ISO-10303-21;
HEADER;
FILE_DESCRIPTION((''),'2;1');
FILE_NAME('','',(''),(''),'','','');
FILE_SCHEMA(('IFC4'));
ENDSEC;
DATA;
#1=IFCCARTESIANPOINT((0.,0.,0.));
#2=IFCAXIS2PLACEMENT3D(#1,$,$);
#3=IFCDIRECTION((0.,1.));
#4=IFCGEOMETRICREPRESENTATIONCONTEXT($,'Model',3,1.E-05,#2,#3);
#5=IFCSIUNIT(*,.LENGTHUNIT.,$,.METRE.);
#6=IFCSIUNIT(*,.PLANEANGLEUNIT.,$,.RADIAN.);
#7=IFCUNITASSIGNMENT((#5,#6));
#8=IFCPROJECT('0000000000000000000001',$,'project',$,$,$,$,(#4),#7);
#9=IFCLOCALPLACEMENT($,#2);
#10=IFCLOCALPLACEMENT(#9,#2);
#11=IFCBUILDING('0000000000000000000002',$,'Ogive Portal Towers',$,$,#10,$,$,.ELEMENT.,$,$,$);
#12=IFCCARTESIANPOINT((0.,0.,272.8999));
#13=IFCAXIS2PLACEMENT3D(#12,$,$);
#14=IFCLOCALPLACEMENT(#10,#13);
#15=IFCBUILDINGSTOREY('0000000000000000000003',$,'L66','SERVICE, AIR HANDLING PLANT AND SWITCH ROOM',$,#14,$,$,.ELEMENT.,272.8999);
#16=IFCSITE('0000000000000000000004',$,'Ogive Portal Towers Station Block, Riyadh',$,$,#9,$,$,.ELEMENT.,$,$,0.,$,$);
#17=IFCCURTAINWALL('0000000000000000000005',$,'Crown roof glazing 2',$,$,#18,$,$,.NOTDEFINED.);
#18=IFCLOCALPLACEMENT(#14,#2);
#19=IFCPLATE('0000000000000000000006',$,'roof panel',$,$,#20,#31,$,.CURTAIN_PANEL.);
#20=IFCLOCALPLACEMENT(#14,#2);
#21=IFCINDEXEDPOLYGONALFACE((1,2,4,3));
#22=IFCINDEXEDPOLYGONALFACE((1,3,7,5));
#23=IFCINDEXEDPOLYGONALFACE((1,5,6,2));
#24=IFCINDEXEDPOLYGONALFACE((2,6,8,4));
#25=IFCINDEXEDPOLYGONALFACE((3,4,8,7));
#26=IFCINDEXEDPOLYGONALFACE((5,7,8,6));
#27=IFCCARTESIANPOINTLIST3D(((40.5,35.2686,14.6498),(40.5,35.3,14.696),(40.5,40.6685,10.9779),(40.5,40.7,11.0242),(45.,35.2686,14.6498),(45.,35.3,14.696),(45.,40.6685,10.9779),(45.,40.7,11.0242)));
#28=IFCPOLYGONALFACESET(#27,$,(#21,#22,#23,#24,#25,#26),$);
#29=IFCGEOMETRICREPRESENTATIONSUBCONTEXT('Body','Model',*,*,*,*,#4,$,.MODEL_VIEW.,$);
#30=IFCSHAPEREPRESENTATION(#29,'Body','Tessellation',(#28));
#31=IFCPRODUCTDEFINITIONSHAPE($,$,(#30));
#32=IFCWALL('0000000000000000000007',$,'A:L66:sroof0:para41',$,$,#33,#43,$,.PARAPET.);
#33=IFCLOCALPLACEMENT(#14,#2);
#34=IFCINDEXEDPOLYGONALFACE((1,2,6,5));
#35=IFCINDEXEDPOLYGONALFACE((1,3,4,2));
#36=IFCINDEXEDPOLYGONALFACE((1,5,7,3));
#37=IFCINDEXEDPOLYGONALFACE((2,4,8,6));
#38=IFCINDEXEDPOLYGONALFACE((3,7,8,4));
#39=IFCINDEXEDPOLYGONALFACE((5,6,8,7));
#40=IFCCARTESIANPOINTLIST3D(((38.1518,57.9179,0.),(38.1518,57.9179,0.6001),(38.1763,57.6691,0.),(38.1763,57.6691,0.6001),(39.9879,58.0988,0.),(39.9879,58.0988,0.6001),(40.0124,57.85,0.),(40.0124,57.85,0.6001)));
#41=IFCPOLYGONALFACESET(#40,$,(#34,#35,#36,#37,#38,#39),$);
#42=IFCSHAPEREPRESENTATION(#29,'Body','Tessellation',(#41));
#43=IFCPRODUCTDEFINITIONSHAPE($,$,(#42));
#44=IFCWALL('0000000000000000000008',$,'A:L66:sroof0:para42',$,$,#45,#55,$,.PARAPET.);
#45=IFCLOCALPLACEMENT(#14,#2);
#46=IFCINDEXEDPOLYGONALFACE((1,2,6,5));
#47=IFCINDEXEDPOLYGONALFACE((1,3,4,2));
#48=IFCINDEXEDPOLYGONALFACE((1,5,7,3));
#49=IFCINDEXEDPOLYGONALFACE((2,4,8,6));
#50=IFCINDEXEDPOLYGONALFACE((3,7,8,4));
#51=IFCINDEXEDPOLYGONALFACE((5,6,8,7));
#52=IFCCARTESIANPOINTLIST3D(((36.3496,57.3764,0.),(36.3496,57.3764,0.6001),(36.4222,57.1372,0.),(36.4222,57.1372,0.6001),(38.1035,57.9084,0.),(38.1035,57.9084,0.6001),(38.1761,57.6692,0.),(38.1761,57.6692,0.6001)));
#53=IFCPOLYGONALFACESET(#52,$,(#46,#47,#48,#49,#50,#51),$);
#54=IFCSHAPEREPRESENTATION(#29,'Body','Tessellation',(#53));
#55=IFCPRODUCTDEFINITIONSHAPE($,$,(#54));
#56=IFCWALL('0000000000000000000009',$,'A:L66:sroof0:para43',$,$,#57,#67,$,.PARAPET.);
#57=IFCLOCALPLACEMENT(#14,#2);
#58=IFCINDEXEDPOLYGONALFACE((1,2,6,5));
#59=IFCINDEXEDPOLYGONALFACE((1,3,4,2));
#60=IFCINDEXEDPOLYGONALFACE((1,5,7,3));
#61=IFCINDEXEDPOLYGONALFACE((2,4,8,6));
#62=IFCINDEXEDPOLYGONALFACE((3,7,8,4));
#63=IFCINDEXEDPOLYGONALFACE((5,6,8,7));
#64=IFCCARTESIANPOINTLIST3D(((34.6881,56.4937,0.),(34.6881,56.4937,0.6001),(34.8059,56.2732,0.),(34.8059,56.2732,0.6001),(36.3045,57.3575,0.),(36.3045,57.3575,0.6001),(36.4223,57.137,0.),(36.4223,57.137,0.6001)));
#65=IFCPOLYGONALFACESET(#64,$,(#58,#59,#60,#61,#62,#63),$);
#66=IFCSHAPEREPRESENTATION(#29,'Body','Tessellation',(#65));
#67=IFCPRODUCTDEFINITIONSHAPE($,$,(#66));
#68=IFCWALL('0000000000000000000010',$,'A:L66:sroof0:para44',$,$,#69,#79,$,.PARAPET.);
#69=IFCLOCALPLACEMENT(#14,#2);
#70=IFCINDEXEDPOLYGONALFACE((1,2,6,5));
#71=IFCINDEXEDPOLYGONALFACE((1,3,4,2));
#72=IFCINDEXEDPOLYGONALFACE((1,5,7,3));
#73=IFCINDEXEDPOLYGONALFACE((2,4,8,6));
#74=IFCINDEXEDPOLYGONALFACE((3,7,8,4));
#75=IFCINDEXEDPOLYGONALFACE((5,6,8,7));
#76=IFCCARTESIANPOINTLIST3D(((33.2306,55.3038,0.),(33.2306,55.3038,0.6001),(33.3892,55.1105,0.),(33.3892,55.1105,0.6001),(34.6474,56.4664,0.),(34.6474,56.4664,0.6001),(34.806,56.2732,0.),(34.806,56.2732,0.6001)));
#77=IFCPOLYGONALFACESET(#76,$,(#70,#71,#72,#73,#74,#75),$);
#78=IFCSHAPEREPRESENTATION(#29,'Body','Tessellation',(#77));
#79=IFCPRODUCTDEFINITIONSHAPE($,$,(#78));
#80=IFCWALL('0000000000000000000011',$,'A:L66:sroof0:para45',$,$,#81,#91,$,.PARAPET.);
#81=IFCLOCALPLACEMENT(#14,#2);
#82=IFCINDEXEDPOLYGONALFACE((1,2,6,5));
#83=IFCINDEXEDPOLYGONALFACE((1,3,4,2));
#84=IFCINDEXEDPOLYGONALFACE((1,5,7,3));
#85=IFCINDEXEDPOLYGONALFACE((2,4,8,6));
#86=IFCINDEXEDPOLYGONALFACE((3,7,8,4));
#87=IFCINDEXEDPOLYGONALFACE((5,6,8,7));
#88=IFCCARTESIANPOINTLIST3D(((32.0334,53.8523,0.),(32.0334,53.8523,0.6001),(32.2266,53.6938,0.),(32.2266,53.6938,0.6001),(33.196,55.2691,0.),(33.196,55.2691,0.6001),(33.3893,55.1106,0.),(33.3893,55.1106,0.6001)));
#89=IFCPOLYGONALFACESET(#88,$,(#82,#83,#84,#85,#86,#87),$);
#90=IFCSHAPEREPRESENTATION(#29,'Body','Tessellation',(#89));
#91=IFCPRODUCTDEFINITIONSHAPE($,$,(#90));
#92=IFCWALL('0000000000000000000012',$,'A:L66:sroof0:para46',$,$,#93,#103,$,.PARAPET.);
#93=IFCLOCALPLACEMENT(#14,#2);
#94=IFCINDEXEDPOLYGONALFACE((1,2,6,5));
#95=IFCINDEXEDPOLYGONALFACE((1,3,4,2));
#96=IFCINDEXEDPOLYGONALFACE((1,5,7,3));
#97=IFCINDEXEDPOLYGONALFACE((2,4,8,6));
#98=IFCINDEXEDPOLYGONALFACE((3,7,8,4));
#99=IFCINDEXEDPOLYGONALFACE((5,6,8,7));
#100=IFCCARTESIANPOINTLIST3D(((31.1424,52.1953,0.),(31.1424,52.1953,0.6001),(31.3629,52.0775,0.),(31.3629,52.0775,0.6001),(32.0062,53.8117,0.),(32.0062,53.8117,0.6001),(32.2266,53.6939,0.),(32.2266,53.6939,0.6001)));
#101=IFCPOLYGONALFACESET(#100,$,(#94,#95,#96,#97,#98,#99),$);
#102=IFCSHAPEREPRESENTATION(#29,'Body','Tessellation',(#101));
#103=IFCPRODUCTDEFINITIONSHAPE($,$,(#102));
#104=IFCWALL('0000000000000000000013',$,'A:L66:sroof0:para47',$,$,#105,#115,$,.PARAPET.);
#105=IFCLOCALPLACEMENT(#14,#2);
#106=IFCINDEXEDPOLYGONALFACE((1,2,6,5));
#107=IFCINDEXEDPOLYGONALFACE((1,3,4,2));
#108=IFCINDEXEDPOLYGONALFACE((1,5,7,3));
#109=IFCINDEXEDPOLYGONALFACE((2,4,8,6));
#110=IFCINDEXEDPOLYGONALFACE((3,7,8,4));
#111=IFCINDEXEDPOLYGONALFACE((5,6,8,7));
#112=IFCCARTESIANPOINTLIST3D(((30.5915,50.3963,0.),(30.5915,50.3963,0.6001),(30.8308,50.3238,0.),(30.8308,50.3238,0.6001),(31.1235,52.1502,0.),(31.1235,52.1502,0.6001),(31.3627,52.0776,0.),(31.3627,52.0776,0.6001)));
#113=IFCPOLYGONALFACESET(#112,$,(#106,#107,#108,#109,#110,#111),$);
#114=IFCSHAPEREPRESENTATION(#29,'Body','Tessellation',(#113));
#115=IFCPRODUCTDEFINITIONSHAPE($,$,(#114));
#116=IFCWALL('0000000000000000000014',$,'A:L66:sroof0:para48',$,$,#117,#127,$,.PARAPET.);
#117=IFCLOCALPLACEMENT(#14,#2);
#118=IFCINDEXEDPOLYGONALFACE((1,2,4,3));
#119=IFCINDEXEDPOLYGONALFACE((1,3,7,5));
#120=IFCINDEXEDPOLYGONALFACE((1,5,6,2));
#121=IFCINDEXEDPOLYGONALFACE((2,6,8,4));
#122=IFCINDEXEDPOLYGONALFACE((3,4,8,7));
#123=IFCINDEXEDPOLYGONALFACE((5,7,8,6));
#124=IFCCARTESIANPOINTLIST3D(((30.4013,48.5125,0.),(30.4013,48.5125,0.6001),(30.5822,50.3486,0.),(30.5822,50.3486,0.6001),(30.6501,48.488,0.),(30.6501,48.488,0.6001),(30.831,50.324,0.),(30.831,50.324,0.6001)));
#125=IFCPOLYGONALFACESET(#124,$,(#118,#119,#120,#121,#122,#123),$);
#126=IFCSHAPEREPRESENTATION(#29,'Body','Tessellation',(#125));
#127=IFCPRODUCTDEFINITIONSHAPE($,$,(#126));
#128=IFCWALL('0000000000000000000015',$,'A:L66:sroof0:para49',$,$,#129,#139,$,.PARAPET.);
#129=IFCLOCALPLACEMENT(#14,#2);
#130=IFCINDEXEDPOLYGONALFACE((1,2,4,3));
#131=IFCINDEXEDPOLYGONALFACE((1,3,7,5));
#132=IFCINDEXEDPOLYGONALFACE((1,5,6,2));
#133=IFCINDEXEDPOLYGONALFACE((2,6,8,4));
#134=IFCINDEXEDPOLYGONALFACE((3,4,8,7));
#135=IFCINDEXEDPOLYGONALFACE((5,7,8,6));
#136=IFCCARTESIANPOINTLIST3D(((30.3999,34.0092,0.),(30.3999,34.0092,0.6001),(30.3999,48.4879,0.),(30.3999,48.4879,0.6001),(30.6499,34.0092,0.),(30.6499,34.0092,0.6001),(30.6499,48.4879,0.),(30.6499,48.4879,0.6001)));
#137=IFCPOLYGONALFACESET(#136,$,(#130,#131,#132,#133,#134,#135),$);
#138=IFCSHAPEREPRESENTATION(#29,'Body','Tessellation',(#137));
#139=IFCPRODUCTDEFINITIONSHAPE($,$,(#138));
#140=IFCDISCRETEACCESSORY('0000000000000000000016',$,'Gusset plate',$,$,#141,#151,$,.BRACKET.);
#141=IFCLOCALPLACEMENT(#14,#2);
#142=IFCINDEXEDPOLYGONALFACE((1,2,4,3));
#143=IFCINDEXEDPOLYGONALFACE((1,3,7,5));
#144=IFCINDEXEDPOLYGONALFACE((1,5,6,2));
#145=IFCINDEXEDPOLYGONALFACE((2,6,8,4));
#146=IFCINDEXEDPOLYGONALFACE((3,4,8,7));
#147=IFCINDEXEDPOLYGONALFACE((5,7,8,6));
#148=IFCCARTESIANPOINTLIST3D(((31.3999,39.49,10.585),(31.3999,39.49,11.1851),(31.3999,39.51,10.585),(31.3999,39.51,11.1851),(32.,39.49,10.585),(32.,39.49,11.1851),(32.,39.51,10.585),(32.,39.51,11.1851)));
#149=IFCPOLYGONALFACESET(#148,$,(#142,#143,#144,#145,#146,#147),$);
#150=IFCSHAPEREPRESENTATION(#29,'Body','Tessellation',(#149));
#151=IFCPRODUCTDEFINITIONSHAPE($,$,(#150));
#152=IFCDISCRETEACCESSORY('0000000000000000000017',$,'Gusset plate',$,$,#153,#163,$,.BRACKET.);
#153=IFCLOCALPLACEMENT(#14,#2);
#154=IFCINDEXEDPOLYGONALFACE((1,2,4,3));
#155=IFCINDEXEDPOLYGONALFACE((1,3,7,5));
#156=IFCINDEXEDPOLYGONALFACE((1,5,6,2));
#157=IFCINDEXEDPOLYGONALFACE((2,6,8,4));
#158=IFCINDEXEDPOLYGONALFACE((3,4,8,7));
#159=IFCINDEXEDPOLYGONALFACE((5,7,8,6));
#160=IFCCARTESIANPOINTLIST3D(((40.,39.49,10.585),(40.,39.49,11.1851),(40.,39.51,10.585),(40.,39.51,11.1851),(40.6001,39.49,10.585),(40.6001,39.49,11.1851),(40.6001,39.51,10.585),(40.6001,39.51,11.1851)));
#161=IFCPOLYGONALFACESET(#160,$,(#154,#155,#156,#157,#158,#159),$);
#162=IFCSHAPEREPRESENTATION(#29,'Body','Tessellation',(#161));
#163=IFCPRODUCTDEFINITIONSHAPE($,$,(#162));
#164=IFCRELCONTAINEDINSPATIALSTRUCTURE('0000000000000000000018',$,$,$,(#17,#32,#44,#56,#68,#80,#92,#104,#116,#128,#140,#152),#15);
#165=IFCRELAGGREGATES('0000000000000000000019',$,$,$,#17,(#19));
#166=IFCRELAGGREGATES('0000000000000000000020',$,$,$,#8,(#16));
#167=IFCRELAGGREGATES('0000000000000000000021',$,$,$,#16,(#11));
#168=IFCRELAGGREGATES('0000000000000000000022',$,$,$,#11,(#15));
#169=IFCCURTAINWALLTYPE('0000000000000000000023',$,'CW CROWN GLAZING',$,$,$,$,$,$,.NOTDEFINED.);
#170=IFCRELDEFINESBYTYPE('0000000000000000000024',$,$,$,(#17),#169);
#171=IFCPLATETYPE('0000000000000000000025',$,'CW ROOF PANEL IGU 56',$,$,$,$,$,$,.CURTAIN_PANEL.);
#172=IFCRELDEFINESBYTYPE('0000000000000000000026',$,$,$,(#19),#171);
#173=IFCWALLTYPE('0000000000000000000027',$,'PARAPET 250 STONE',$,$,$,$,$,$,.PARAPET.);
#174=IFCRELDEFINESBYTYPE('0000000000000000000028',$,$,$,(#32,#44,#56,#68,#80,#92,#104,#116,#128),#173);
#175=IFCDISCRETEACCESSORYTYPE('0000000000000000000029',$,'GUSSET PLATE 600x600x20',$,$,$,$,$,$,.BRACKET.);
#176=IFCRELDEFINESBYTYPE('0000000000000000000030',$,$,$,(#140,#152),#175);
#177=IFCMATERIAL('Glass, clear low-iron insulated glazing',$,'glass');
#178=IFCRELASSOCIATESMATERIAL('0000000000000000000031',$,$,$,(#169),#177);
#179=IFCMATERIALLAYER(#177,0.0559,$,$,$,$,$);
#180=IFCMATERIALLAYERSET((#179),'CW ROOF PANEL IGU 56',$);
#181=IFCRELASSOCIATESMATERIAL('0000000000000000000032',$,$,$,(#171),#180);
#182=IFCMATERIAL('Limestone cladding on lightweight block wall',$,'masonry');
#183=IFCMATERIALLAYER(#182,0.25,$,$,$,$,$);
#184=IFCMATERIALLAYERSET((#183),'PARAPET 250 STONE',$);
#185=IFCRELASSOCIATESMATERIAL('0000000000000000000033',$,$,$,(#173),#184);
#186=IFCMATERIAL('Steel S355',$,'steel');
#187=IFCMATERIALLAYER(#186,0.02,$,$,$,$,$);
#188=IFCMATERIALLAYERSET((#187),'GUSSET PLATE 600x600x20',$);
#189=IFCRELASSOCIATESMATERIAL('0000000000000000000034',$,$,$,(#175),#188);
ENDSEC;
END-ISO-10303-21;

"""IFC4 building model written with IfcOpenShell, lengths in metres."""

from ifc_helpers import new_model, si_unit, direction, frame, frame_2d, origin, origin_2d, place, context, subcontext, project, spatial, polyline, rectangle, outline, extrude, material, layer, layer_set, type_object, element, aggregate, save


model = new_model("IFC4")

# Units and contexts
model_context = context("Model", 3, precision=1e-05, world=origin(), true_north=direction((0.0, 1.0)))
body_context = subcontext(model_context, "Body", "Model", "MODEL_VIEW")
ifc_project = project(units=[si_unit("LENGTHUNIT", "METRE"), si_unit("PLANEANGLEUNIT", "RADIAN")], contexts=[model_context])

# Site, building, storey
site_placement = place(None, origin())
site = spatial("IfcSite", under=ifc_project, at=site_placement, Name="Ogive Portal Towers Station Block, Riyadh", CompositionType="ELEMENT", RefElevation=0.0)
building_placement = place(site_placement, origin())
building = spatial("IfcBuilding", under=site, at=building_placement, Name="Ogive Portal Towers", CompositionType="ELEMENT")
storey_placement = place(building_placement, frame((0.0, 0.0, 272.8999)))
storey = spatial("IfcBuildingStorey", under=building, at=storey_placement, Name="L66", Description="SERVICE, AIR HANDLING PLANT AND SWITCH ROOM", CompositionType="ELEMENT", Elevation=272.8999)

# Shared definitions
ifc_material_1 = material(Name="Glass, clear low-iron insulated glazing", Category="glass")
curtain_wall_type = type_object("IfcCurtainWallType", Name="CW CROWN GLAZING", PredefinedType="NOTDEFINED", material=ifc_material_1)

# Curtain wall, plate
ifc_layer_1 = layer(ifc_material_1, 0.0559)
ifc_layer_set_1 = layer_set([ifc_layer_1], Name="CW ROOF PANEL IGU 56")
plate_type_1 = type_object("IfcPlateType", Name="CW ROOF PANEL IGU 56", PredefinedType="CURTAIN_PANEL", material=ifc_layer_set_1)
curtain_wall_1_placement = place(storey_placement, origin())
curtain_wall_1 = element("IfcCurtainWall", 1, at=curtain_wall_1_placement, inside=storey, type_object=curtain_wall_type, Name="Crown roof glazing 2", PredefinedType="NOTDEFINED")
plate_1_placement = place(storey_placement, frame((40.5, 40.7, 11.0242), z_axis=(0.0, 0.562304, 0.826931), x_axis=(0.0, -0.826931, 0.562304)))
plate_1 = element("IfcPlate", 2, at=plate_1_placement, type_object=plate_type_1, Name="roof panel", PredefinedType="CURTAIN_PANEL", context=body_context, shape_type="SweptSolid", body=[
    extrude(outline(polyline([(0.0, 0.0), (6.5301, 0.0), (6.5301, 4.5), (0.0, 4.5), (0.0, 0.0)])), origin(), (0.0, 0.0, -1.0), 0.0559),
])
aggregate(curtain_wall_1, [plate_1])

# Walls
ifc_material_2 = material(Name="Limestone cladding on lightweight block wall", Category="masonry")
ifc_layer_2 = layer(ifc_material_2, 0.25)
ifc_layer_set_2 = layer_set([ifc_layer_2], Name="PARAPET 250 STONE")
wall_type = type_object("IfcWallType", Name="PARAPET 250 STONE", PredefinedType="PARAPET", material=ifc_layer_set_2)
wall_1_placement = place(storey_placement, frame((40.0, 57.9744, 0.0), z_axis=(0.0, 0.0, 1.0), x_axis=(-0.995182, -0.098049, 0.0)))
element("IfcWall", 3, at=wall_1_placement, inside=storey, type_object=wall_type, Name="A:L66:sroof0:para41", PredefinedType="PARAPET", context=body_context, shape_type="SweptSolid", body=[
    extrude(rectangle(XDim=1.845, YDim=0.25, at=frame_2d((0.9224, 0.0))), origin(), (0.0, 0.0, 1.0), 0.6001),
])
for number, where, z_axis, x_axis, name in (
    (4, (38.1399, 57.7888, 0.0), (0.0, 0.0, 1.0), (-0.956949, -0.290255, 0.0), "A:L66:sroof0:para42"),
    (5, (36.3635, 57.2473, 0.0), (0.0, 0.0, 1.0), (-0.881977, -0.471293, 0.0), "A:L66:sroof0:para43"),
    (6, (34.7268, 56.3699, 0.0), (0.0, 0.0, 1.0), (-0.773037, -0.634362, 0.0), "A:L66:sroof0:para44"),
    (7, (33.2927, 55.1899, 0.0), (0.0, 0.0, 1.0), (-0.634362, -0.773037, 0.0), "A:L66:sroof0:para45"),
    (8, (32.1165, 53.7529, 0.0), (0.0, 0.0, 1.0), (-0.471293, -0.881977, 0.0), "A:L66:sroof0:para46"),
    (9, (31.2432, 52.114, 0.0), (0.0, 0.0, 1.0), (-0.290255, -0.956949, 0.0), "A:L66:sroof0:para47"),
):
    element("IfcWall", number, at=place(storey_placement, frame(where, z_axis=z_axis, x_axis=x_axis)), inside=storey, type_object=wall_type, Name=name, PredefinedType="PARAPET", context=body_context, shape_type="SweptSolid", body=[
        extrude(rectangle(XDim=1.8328, YDim=0.25, at=frame_2d((0.9165, 0.0))), origin(), (0.0, 0.0, 1.0), 0.6001),
    ])
wall_2_placement = place(storey_placement, frame((30.7065, 50.3362, 0.0), z_axis=(0.0, 0.0, 1.0), x_axis=(-0.098049, -0.995182, 0.0)))
element("IfcWall", 10, at=wall_2_placement, inside=storey, type_object=wall_type, Name="A:L66:sroof0:para48", PredefinedType="PARAPET", context=body_context, shape_type="SweptSolid", body=[
    extrude(rectangle(XDim=1.845, YDim=0.25, at=frame_2d((0.9224, 0.0))), origin(), (0.0, 0.0, 1.0), 0.6001),
])
wall_3_placement = place(storey_placement, frame((30.5249, 48.4878, 0.0), z_axis=(0.0, 0.0, 1.0), x_axis=(0.0, -1.0, 0.0)))
element("IfcWall", 11, at=wall_3_placement, inside=storey, type_object=wall_type, Name="A:L66:sroof0:para49", PredefinedType="PARAPET", context=body_context, shape_type="SweptSolid", body=[
    extrude(rectangle(XDim=14.4788, YDim=0.25, at=frame_2d((7.2393, 0.0))), origin(), (0.0, 0.0, 1.0), 0.6001),
])

# Discrete accessories
ifc_material_3 = material(Name="Steel S355", Category="steel")
ifc_layer_3 = layer(ifc_material_3, 0.02)
ifc_layer_set_3 = layer_set([ifc_layer_3], Name="GUSSET PLATE 600x600x20")
discrete_accessory_type = type_object("IfcDiscreteAccessoryType", Name="GUSSET PLATE 600x600x20", PredefinedType="BRACKET", material=ifc_layer_set_3)
for number, where, z_axis, x_axis, name in (
    (12, (31.7, 39.5, 10.585), (0.0, 0.0, 1.0), (1.0, 0.0, 0.0), "Gusset plate"),
    (13, (40.3, 39.5, 10.585), (0.0, 0.0, 1.0), (1.0, 0.0, 0.0), "Gusset plate"),
):
    element("IfcDiscreteAccessory", number, at=place(storey_placement, frame(where, z_axis=z_axis, x_axis=x_axis)), inside=storey, type_object=discrete_accessory_type, Name=name, PredefinedType="BRACKET", context=body_context, shape_type="SweptSolid", body=[
        extrude(rectangle(XDim=0.6001, YDim=0.02, at=origin_2d()), origin(), (0.0, 0.0, 1.0), 0.6001),
    ])

save(model, "model.ifc")
